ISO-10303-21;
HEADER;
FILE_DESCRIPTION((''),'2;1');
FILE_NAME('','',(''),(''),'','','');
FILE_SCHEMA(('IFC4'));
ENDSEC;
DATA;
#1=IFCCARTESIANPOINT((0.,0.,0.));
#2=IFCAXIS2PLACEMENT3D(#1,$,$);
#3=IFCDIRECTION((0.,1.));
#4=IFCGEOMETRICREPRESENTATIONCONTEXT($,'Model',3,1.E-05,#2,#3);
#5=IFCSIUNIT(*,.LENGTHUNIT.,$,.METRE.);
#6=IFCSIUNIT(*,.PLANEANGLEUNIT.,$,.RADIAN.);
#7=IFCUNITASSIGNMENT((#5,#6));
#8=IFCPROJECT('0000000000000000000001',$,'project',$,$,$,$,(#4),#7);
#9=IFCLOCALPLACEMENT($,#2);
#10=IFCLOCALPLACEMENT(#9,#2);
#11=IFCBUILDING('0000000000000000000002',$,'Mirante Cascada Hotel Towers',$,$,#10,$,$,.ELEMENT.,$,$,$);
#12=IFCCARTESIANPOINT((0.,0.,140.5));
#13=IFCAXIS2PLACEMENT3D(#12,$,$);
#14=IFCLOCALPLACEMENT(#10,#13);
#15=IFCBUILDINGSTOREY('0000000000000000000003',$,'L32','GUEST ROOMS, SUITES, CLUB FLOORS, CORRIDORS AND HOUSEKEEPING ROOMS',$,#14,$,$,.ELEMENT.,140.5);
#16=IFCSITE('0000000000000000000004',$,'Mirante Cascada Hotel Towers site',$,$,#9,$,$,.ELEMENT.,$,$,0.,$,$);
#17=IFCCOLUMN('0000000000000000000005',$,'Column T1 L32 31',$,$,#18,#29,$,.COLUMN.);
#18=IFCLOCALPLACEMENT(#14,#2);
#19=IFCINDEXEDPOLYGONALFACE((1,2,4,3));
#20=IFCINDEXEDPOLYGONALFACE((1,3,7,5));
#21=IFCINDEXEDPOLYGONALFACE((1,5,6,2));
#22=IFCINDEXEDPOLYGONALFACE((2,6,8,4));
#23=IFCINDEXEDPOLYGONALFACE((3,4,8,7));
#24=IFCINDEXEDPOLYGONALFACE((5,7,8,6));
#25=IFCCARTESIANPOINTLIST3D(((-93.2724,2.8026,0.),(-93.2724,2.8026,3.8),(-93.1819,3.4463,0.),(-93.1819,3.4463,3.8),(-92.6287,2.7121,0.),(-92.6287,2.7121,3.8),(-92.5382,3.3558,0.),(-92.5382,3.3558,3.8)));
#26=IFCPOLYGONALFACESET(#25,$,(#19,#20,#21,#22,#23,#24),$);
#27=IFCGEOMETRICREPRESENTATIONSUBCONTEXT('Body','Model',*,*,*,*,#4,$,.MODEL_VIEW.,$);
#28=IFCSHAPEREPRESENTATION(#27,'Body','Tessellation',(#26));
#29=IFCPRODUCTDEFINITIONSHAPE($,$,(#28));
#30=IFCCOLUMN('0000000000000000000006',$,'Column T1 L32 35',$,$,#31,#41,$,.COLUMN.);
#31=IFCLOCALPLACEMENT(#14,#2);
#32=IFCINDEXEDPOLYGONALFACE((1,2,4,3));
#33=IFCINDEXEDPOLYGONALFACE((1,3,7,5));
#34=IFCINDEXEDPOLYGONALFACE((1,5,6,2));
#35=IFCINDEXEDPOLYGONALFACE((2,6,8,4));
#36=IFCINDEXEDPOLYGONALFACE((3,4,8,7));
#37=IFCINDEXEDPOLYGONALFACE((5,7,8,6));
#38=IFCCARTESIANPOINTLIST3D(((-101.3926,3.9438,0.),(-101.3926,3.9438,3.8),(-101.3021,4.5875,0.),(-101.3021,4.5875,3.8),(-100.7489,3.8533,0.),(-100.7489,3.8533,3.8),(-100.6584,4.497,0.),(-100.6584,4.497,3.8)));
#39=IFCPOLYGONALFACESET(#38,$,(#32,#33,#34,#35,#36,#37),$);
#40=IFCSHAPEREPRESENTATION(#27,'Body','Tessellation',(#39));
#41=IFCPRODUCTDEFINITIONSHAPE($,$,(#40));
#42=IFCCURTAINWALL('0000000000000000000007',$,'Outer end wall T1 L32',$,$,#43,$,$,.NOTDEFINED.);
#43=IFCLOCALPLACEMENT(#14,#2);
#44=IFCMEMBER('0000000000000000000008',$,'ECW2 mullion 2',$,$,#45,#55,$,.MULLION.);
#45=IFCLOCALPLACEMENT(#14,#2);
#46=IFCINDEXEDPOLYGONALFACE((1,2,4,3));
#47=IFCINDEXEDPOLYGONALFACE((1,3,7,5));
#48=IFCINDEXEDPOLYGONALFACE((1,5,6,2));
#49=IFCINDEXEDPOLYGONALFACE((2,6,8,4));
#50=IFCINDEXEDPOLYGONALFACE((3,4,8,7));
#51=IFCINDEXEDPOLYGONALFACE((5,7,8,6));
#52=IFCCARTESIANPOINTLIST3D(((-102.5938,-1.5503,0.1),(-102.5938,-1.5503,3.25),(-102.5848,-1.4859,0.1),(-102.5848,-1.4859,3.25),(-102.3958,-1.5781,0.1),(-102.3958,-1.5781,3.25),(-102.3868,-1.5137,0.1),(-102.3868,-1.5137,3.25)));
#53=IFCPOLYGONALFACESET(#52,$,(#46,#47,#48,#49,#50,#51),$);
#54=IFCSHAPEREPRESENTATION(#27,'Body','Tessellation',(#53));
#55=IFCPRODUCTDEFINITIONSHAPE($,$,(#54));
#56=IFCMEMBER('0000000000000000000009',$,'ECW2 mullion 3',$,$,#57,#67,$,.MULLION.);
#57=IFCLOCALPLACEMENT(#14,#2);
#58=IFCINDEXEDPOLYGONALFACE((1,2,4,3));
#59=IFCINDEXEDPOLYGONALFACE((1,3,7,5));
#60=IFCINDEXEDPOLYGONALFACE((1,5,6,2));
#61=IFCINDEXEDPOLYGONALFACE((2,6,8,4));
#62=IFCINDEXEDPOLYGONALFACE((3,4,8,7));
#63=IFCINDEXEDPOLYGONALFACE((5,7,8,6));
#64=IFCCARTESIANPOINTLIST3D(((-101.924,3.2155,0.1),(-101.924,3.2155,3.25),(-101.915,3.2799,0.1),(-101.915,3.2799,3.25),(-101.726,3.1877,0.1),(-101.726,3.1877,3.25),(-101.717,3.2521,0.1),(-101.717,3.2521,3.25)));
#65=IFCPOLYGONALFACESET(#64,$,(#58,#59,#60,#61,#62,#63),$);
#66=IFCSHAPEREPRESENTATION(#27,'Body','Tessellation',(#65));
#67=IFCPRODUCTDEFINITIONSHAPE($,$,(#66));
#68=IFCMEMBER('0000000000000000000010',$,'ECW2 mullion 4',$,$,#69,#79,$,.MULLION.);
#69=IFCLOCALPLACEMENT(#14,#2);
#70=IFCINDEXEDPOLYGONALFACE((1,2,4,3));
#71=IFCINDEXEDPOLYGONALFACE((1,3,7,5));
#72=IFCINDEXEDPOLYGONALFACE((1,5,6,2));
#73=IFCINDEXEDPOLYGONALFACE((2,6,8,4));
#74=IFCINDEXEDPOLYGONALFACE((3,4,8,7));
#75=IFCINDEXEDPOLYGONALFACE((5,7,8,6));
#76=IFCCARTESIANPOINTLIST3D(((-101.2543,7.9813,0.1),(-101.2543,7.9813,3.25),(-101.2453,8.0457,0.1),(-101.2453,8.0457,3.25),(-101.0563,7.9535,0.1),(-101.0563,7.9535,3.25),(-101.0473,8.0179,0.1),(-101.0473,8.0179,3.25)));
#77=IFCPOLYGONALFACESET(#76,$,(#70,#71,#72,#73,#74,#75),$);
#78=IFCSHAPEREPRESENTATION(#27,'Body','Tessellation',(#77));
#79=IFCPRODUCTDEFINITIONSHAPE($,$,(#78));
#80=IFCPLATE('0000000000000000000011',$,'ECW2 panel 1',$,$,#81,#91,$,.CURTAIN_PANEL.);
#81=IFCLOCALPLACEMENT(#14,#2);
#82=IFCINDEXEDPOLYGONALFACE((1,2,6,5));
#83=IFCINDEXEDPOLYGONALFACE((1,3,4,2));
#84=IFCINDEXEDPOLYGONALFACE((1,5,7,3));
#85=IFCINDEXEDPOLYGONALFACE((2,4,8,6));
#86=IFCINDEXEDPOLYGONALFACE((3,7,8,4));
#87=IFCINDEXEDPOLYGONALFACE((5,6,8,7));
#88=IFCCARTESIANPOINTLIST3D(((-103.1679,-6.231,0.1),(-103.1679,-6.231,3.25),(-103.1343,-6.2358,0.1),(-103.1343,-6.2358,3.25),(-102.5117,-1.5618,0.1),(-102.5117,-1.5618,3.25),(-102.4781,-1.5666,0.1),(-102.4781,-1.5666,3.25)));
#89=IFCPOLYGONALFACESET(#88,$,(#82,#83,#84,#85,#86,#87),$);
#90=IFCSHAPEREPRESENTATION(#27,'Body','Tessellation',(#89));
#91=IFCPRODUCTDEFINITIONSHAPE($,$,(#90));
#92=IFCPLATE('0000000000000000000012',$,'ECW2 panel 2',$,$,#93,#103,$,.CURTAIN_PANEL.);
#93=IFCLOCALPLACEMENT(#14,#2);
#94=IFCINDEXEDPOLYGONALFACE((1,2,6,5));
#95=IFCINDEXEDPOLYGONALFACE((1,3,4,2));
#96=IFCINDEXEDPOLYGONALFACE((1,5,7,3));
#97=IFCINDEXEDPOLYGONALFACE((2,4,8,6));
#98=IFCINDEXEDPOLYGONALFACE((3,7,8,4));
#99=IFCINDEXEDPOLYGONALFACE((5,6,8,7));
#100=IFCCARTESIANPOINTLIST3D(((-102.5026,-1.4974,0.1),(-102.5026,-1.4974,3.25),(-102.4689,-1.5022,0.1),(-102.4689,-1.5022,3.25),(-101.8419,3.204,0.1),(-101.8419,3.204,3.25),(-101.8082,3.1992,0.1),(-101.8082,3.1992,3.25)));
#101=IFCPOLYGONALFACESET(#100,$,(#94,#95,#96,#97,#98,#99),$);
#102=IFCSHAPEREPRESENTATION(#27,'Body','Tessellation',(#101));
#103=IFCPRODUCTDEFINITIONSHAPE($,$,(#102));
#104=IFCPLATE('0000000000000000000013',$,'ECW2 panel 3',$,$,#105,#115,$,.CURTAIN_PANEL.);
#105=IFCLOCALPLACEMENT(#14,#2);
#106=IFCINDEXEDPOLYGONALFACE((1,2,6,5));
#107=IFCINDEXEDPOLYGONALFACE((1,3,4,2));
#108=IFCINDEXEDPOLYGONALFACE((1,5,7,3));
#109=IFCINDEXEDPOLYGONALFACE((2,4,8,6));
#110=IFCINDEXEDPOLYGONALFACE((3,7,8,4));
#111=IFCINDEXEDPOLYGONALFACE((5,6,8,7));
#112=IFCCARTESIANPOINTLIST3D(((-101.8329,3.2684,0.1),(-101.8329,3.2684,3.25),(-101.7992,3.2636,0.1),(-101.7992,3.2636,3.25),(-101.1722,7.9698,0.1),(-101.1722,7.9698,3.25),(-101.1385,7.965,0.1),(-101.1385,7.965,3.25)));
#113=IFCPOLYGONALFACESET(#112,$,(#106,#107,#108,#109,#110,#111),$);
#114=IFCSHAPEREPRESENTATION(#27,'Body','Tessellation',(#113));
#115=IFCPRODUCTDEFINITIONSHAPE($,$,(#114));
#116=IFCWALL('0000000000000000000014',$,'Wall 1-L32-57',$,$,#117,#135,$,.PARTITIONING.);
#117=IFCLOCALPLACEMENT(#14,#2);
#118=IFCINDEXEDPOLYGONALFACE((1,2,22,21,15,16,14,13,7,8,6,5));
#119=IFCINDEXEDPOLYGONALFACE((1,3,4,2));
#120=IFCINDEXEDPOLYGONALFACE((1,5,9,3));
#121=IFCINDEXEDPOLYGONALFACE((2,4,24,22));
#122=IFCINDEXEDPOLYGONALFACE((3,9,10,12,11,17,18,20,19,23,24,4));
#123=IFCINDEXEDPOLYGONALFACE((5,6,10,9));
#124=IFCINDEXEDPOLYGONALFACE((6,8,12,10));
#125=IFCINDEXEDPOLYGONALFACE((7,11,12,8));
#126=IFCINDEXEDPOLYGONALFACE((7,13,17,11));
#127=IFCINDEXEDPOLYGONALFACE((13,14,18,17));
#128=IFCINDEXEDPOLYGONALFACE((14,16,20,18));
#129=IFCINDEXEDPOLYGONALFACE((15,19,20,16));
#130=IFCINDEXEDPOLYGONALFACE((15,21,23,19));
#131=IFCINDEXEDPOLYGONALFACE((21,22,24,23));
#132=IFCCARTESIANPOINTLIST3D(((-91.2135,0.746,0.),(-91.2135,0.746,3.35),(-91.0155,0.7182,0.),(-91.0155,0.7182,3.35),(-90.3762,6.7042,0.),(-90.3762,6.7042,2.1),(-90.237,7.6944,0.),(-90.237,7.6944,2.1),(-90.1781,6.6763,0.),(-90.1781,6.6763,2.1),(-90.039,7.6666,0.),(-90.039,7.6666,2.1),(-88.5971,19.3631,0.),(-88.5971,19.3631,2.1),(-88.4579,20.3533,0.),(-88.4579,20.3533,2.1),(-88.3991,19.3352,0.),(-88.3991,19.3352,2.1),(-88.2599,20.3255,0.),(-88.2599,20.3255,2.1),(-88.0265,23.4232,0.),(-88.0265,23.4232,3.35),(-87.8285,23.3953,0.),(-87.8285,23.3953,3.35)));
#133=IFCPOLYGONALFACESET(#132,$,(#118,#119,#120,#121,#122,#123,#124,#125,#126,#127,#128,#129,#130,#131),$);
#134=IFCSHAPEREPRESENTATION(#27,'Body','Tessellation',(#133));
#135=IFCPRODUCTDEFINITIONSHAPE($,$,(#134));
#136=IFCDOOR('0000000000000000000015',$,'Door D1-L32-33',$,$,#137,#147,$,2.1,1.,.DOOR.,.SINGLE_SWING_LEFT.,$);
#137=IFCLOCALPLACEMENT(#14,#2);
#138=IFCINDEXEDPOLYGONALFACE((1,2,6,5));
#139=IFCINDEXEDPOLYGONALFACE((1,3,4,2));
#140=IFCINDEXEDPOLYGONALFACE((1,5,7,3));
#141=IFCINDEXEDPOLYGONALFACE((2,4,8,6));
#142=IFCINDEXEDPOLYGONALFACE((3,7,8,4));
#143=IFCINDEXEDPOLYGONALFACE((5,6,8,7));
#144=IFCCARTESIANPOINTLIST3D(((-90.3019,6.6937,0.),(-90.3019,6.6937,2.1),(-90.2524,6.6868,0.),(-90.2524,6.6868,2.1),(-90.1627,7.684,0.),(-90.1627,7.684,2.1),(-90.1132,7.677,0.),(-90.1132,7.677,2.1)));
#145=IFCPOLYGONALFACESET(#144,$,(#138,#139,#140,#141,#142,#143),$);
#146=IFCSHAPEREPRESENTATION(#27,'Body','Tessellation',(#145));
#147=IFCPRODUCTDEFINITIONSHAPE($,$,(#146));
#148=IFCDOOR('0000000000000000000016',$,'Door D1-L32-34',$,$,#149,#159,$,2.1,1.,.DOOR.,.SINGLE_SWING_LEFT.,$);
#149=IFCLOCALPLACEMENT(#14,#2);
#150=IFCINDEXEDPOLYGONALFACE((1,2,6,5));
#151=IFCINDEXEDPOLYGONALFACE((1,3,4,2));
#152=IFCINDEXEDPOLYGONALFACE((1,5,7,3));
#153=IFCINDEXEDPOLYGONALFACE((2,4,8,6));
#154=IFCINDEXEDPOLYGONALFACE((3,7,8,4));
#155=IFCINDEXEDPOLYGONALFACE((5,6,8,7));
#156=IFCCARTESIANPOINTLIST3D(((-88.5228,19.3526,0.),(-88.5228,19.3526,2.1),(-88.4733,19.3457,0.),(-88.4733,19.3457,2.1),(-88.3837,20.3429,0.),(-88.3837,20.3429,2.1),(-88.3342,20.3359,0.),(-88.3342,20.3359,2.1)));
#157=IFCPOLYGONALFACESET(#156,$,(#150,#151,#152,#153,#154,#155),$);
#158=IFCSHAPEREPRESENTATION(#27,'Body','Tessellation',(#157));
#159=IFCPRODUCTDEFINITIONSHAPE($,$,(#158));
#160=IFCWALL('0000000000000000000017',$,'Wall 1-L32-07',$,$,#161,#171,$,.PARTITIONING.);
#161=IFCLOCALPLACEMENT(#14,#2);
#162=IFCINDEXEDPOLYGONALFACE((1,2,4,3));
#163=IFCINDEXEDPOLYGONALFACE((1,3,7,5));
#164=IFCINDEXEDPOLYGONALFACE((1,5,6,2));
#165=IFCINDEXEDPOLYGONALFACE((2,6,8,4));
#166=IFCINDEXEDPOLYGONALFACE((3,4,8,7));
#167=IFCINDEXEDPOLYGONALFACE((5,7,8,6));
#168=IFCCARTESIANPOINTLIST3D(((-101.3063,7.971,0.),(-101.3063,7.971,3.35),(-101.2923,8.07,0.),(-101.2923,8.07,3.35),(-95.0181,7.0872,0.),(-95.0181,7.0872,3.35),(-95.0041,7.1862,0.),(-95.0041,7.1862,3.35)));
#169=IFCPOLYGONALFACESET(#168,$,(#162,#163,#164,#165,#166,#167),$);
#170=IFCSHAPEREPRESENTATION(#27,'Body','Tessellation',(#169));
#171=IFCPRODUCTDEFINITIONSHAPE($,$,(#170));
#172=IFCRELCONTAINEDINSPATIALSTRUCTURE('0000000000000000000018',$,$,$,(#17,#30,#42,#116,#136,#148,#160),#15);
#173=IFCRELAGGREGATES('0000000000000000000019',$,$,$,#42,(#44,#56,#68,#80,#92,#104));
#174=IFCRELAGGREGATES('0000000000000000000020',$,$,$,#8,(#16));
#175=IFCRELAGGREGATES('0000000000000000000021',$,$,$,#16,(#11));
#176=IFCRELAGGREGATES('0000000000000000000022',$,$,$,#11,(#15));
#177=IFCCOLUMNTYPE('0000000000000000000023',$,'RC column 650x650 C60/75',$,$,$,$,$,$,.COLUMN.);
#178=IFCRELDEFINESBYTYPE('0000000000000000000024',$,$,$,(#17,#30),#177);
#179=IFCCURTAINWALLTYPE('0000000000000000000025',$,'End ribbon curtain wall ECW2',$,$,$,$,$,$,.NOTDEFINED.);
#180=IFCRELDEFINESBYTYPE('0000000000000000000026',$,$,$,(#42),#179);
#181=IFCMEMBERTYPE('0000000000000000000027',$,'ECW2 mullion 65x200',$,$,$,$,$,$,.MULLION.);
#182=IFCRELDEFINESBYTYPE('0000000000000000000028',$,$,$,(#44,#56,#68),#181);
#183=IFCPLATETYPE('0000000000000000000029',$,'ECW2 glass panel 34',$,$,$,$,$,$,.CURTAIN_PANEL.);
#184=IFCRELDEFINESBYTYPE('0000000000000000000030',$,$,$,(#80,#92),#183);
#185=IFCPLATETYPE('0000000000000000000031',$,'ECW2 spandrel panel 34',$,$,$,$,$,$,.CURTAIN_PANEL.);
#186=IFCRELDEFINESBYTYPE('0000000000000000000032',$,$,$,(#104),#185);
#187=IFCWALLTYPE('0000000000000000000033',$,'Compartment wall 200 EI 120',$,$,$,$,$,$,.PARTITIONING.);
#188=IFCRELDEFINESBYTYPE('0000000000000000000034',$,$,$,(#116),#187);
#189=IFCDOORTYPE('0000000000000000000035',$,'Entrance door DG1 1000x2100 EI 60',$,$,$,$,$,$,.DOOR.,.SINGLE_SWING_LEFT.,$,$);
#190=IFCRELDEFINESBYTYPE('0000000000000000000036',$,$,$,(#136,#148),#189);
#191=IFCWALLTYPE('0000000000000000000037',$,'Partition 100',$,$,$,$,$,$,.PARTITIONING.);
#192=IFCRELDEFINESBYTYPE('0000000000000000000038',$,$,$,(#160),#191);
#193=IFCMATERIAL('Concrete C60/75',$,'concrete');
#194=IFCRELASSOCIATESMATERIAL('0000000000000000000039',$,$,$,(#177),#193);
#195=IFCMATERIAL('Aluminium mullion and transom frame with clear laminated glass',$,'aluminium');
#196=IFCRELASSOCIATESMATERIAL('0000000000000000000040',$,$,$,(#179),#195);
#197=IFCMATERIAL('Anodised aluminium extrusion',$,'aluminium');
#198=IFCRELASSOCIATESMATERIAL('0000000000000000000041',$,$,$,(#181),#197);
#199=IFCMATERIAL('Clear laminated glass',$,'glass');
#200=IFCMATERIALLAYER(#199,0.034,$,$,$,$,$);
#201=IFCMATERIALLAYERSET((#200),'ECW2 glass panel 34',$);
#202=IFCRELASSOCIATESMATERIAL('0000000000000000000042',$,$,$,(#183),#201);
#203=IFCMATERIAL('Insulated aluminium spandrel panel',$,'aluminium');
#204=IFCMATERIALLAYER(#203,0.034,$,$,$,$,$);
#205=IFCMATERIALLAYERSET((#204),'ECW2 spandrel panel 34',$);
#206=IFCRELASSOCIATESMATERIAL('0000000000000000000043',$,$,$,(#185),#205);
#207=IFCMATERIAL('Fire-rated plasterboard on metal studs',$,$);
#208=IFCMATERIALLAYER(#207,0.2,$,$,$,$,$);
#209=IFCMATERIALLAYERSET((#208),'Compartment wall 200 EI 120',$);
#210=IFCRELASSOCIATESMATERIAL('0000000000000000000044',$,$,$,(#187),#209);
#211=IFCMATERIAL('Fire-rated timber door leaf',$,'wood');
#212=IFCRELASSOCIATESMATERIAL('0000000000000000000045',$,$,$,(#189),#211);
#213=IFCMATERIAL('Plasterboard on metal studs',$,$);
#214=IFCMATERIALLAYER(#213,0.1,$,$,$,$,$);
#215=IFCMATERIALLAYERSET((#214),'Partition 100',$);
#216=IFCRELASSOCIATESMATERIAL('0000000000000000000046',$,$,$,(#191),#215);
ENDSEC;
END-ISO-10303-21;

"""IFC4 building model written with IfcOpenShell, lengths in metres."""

from ifc_helpers import new_model, si_unit, direction, frame, frame_2d, origin, origin_2d, place, context, subcontext, project, spatial, rectangle, extrude, material, layer, layer_set, material_profile, profile_set, type_object, element, fill, aggregate, save


model = new_model("IFC4")

# Units and contexts
model_context = context("Model", 3, precision=1e-05, world=origin(), true_north=direction((0.0, 1.0)))
body_context = subcontext(model_context, "Body", "Model", "MODEL_VIEW")
ifc_project = project(units=[si_unit("LENGTHUNIT", "METRE"), si_unit("PLANEANGLEUNIT", "RADIAN")], contexts=[model_context])

# Site, building, storey
site_placement = place(None, origin())
site = spatial("IfcSite", under=ifc_project, at=site_placement, Name="Mirante Cascada Hotel Towers site", CompositionType="ELEMENT", RefElevation=0.0)
building_placement = place(site_placement, origin())
building = spatial("IfcBuilding", under=site, at=building_placement, Name="Mirante Cascada Hotel Towers", CompositionType="ELEMENT")
storey_placement = place(building_placement, frame((0.0, 0.0, 140.5)))
storey = spatial("IfcBuildingStorey", under=building, at=storey_placement, Name="L32", Description="GUEST ROOMS, SUITES, CLUB FLOORS, CORRIDORS AND HOUSEKEEPING ROOMS", CompositionType="ELEMENT", Elevation=140.5)

# Columns
ifc_material_1 = material(Name="Concrete C60/75", Category="concrete")
ifc_material_profile_1 = material_profile(ifc_material_1, rectangle(XDim=0.65, YDim=0.65, at=origin_2d()), Name="RC column 650x650 C60/75")
ifc_profile_set_1 = profile_set([ifc_material_profile_1], Name="Concrete C60/75")
column_type = type_object("IfcColumnType", Name="RC column 650x650 C60/75", PredefinedType="COLUMN", material=ifc_profile_set_1)
for number, where, z_axis, x_axis, name in (
    (1, (-92.9053, 3.0792, 0.0), (0.0, 0.0, 1.0), (-0.990268, 0.139173, 0.0), "Column T1 L32 31"),
    (2, (-101.0255, 4.2204, 0.0), (0.0, 0.0, 1.0), (-0.990268, 0.139173, 0.0), "Column T1 L32 35"),
):
    element("IfcColumn", number, at=place(storey_placement, frame(where, z_axis=z_axis, x_axis=x_axis)), inside=storey, type_object=column_type, Name=name, PredefinedType="COLUMN", context=body_context, shape_type="SweptSolid", body=[
        extrude(rectangle(XDim=0.65, YDim=0.65, at=origin_2d()), origin(), (0.0, 0.0, 1.0), 3.8),
    ])

# Curtain wall, members, plates
ifc_material_2 = material(Name="Aluminium mullion and transom frame with clear laminated glass", Category="aluminium")
curtain_wall_type = type_object("IfcCurtainWallType", Name="End ribbon curtain wall ECW2", PredefinedType="NOTDEFINED", material=ifc_material_2)
curtain_wall_placement = place(storey_placement, origin())
curtain_wall = element("IfcCurtainWall", 3, at=curtain_wall_placement, inside=storey, type_object=curtain_wall_type, Name="Outer end wall T1 L32", PredefinedType="NOTDEFINED")
ifc_material_3 = material(Name="Anodised aluminium extrusion", Category="aluminium")
ifc_material_profile_2 = material_profile(ifc_material_3, rectangle(XDim=0.2, YDim=0.065, at=origin_2d()), Name="ECW2 MULLION 65x200")
ifc_profile_set_2 = profile_set([ifc_material_profile_2], Name="Anodised aluminium extrusion")
member_type = type_object("IfcMemberType", Name="ECW2 mullion 65x200", PredefinedType="MULLION", material=ifc_profile_set_2)
member_1_placement = place(storey_placement, frame((-102.4903, -1.532, 0.1), z_axis=(0.0, 0.0, 1.0), x_axis=(-0.990268, 0.139173, 0.0)))
member_1 = element("IfcMember", 4, at=member_1_placement, type_object=member_type, Name="ECW2 mullion 2", PredefinedType="MULLION", context=body_context, shape_type="SweptSolid", body=[
    extrude(rectangle(XDim=0.2, YDim=0.065, at=origin_2d()), origin(), (0.0, 0.0, 1.0), 3.15),
])
member_2_placement = place(storey_placement, frame((-101.8205, 3.2338, 0.1), z_axis=(0.0, 0.0, 1.0), x_axis=(-0.990268, 0.139173, 0.0)))
member_2 = element("IfcMember", 5, at=member_2_placement, type_object=member_type, Name="ECW2 mullion 3", PredefinedType="MULLION", context=body_context, shape_type="SweptSolid", body=[
    extrude(rectangle(XDim=0.2, YDim=0.065, at=origin_2d()), origin(), (0.0, 0.0, 1.0), 3.15),
])
member_3_placement = place(storey_placement, frame((-101.1508, 7.9996, 0.1), z_axis=(0.0, 0.0, 1.0), x_axis=(-0.990268, 0.139173, 0.0)))
member_3 = element("IfcMember", 6, at=member_3_placement, type_object=member_type, Name="ECW2 mullion 4", PredefinedType="MULLION", context=body_context, shape_type="SweptSolid", body=[
    extrude(rectangle(XDim=0.2, YDim=0.065, at=origin_2d()), origin(), (0.0, 0.0, 1.0), 3.15),
])
ifc_material_4 = material(Name="Clear laminated glass", Category="glass")
ifc_layer_1 = layer(ifc_material_4, 0.034)
ifc_layer_set_1 = layer_set([ifc_layer_1], Name="ECW2 glass panel 34")
plate_type_1 = type_object("IfcPlateType", Name="ECW2 glass panel 34", PredefinedType="CURTAIN_PANEL", material=ifc_layer_set_1)
plate_1_placement = place(storey_placement, frame((-102.823, -3.8988, 0.1), z_axis=(0.0, 0.0, 1.0), x_axis=(0.139173, 0.990268, 0.0)))
plate_1 = element("IfcPlate", 7, at=plate_1_placement, type_object=plate_type_1, Name="ECW2 panel 1", PredefinedType="CURTAIN_PANEL", context=body_context, shape_type="SweptSolid", body=[
    extrude(rectangle(XDim=4.7151, YDim=0.034, at=origin_2d()), origin(), (0.0, 0.0, 1.0), 3.15),
])
plate_2_placement = place(storey_placement, frame((-102.1554, 0.8509, 0.1), z_axis=(0.0, 0.0, 1.0), x_axis=(0.139173, 0.990268, 0.0)))
plate_2 = element("IfcPlate", 8, at=plate_2_placement, type_object=plate_type_1, Name="ECW2 panel 2", PredefinedType="CURTAIN_PANEL", context=body_context, shape_type="SweptSolid", body=[
    extrude(rectangle(XDim=4.7476, YDim=0.034, at=origin_2d()), origin(), (0.0, 0.0, 1.0), 3.15),
])
ifc_material_5 = material(Name="Insulated aluminium spandrel panel", Category="aluminium")
ifc_layer_2 = layer(ifc_material_5, 0.034)
ifc_layer_set_2 = layer_set([ifc_layer_2], Name="ECW2 spandrel panel 34")
plate_type_2 = type_object("IfcPlateType", Name="ECW2 spandrel panel 34", PredefinedType="CURTAIN_PANEL", material=ifc_layer_set_2)
plate_3_placement = place(storey_placement, frame((-101.4857, 5.6167, 0.1), z_axis=(0.0, 0.0, 1.0), x_axis=(0.139173, 0.990268, 0.0)))
plate_3 = element("IfcPlate", 9, at=plate_3_placement, type_object=plate_type_2, Name="ECW2 panel 3", PredefinedType="CURTAIN_PANEL", context=body_context, shape_type="SweptSolid", body=[
    extrude(rectangle(XDim=4.7476, YDim=0.034, at=origin_2d()), origin(), (0.0, 0.0, 1.0), 3.15),
])
aggregate(curtain_wall, [member_1, member_2, member_3, plate_1, plate_2, plate_3])

# Wall, openings, doors
ifc_material_6 = material(Name="Fire-rated plasterboard on metal studs")
ifc_layer_3 = layer(ifc_material_6, 0.2)
ifc_layer_set_3 = layer_set([ifc_layer_3], Name="Compartment wall 200 EI 120")
wall_type_1 = type_object("IfcWallType", Name="Compartment wall 200 EI 120", PredefinedType="PARTITIONING", material=ifc_layer_set_3)
wall_1_placement = place(storey_placement, frame((-91.1145, 0.7321, 0.0), z_axis=(0.0, 0.0, 1.0), x_axis=(0.139171, 0.990268, 0.0)))
wall_1 = element("IfcWall", 10, at=wall_1_placement, inside=storey, type_object=wall_type_1, Name="Wall 1-L32-57", PredefinedType="PARTITIONING", context=body_context, shape_type="SweptSolid", body=[
    extrude(rectangle(XDim=22.9, YDim=0.2, at=frame_2d((11.45, 0.0))), origin(), (0.0, 0.0, 1.0), 3.35),
])
opening_1_placement = place(wall_1_placement, frame((6.0167, 0.0, 0.0)))
opening_1 = element("IfcOpeningElement", 11, at=opening_1_placement, cuts=wall_1, PredefinedType="OPENING", context=body_context, shape_type="SweptSolid", body=[
    extrude(rectangle(XDim=1.0, YDim=2.1, at=frame_2d((0.5, 1.05))), frame((0.0, 0.1, 0.0), z_axis=(0.0, -1.0, 0.0), x_axis=(1.0, 0.0, 0.0)), (0.0, 0.0, 1.0), 0.2),
])
opening_2_placement = place(wall_1_placement, frame((18.8, 0.0, 0.0)))
opening_2 = element("IfcOpeningElement", 12, at=opening_2_placement, cuts=wall_1, PredefinedType="OPENING", context=body_context, shape_type="SweptSolid", body=[
    extrude(rectangle(XDim=1.0, YDim=2.1, at=frame_2d((0.5, 1.05))), frame((0.0, 0.1, 0.0), z_axis=(0.0, -1.0, 0.0), x_axis=(1.0, 0.0, 0.0)), (0.0, 0.0, 1.0), 0.2),
])
ifc_material_7 = material(Name="Fire-rated timber door leaf", Category="wood")
door_type_1 = type_object("IfcDoorType", Name="Entrance door DG1 1000x2100 EI 60", OperationType="SINGLE_SWING_LEFT", PredefinedType="DOOR", material=ifc_material_7)
door_1_placement = place(opening_1_placement, origin())
door_1 = element("IfcDoor", 13, at=door_1_placement, inside=storey, type_object=door_type_1, Name="Door D1-L32-33", OperationType="SINGLE_SWING_LEFT", OverallHeight=2.1, OverallWidth=1.0, PredefinedType="DOOR", context=body_context, shape_type="SweptSolid", body=[
    extrude(rectangle(XDim=1.0, YDim=2.1, at=frame_2d((0.5, 1.05))), frame((0.0, 0.025, 0.0), z_axis=(0.0, -1.0, 0.0), x_axis=(1.0, 0.0, 0.0)), (0.0, 0.0, 1.0), 0.05),
])
fill(opening_1, door_1)
door_2_placement = place(opening_2_placement, origin())
door_2 = element("IfcDoor", 14, at=door_2_placement, inside=storey, type_object=door_type_1, Name="Door D1-L32-34", OperationType="SINGLE_SWING_LEFT", OverallHeight=2.1, OverallWidth=1.0, PredefinedType="DOOR", context=body_context, shape_type="SweptSolid", body=[
    extrude(rectangle(XDim=1.0, YDim=2.1, at=frame_2d((0.5, 1.05))), frame((0.0, 0.025, 0.0), z_axis=(0.0, -1.0, 0.0), x_axis=(1.0, 0.0, 0.0)), (0.0, 0.0, 1.0), 0.05),
])
fill(opening_2, door_2)

# Wall
ifc_material_8 = material(Name="Plasterboard on metal studs")
ifc_layer_4 = layer(ifc_material_8, 0.1)
ifc_layer_set_4 = layer_set([ifc_layer_4], Name="Partition 100")
wall_type_2 = type_object("IfcWallType", Name="Partition 100", PredefinedType="PARTITIONING", material=ifc_layer_set_4)
wall_2_placement = place(storey_placement, frame((-95.0111, 7.1367, 0.0), z_axis=(0.0, 0.0, 1.0), x_axis=(-0.990267, 0.139181, 0.0)))
element("IfcWall", 15, at=wall_2_placement, inside=storey, type_object=wall_type_2, Name="Wall 1-L32-07", PredefinedType="PARTITIONING", context=body_context, shape_type="SweptSolid", body=[
    extrude(rectangle(XDim=6.35, YDim=0.1, at=frame_2d((3.175, 0.0))), origin(), (0.0, 0.0, 1.0), 3.35),
])

save(model, "model.ifc")
